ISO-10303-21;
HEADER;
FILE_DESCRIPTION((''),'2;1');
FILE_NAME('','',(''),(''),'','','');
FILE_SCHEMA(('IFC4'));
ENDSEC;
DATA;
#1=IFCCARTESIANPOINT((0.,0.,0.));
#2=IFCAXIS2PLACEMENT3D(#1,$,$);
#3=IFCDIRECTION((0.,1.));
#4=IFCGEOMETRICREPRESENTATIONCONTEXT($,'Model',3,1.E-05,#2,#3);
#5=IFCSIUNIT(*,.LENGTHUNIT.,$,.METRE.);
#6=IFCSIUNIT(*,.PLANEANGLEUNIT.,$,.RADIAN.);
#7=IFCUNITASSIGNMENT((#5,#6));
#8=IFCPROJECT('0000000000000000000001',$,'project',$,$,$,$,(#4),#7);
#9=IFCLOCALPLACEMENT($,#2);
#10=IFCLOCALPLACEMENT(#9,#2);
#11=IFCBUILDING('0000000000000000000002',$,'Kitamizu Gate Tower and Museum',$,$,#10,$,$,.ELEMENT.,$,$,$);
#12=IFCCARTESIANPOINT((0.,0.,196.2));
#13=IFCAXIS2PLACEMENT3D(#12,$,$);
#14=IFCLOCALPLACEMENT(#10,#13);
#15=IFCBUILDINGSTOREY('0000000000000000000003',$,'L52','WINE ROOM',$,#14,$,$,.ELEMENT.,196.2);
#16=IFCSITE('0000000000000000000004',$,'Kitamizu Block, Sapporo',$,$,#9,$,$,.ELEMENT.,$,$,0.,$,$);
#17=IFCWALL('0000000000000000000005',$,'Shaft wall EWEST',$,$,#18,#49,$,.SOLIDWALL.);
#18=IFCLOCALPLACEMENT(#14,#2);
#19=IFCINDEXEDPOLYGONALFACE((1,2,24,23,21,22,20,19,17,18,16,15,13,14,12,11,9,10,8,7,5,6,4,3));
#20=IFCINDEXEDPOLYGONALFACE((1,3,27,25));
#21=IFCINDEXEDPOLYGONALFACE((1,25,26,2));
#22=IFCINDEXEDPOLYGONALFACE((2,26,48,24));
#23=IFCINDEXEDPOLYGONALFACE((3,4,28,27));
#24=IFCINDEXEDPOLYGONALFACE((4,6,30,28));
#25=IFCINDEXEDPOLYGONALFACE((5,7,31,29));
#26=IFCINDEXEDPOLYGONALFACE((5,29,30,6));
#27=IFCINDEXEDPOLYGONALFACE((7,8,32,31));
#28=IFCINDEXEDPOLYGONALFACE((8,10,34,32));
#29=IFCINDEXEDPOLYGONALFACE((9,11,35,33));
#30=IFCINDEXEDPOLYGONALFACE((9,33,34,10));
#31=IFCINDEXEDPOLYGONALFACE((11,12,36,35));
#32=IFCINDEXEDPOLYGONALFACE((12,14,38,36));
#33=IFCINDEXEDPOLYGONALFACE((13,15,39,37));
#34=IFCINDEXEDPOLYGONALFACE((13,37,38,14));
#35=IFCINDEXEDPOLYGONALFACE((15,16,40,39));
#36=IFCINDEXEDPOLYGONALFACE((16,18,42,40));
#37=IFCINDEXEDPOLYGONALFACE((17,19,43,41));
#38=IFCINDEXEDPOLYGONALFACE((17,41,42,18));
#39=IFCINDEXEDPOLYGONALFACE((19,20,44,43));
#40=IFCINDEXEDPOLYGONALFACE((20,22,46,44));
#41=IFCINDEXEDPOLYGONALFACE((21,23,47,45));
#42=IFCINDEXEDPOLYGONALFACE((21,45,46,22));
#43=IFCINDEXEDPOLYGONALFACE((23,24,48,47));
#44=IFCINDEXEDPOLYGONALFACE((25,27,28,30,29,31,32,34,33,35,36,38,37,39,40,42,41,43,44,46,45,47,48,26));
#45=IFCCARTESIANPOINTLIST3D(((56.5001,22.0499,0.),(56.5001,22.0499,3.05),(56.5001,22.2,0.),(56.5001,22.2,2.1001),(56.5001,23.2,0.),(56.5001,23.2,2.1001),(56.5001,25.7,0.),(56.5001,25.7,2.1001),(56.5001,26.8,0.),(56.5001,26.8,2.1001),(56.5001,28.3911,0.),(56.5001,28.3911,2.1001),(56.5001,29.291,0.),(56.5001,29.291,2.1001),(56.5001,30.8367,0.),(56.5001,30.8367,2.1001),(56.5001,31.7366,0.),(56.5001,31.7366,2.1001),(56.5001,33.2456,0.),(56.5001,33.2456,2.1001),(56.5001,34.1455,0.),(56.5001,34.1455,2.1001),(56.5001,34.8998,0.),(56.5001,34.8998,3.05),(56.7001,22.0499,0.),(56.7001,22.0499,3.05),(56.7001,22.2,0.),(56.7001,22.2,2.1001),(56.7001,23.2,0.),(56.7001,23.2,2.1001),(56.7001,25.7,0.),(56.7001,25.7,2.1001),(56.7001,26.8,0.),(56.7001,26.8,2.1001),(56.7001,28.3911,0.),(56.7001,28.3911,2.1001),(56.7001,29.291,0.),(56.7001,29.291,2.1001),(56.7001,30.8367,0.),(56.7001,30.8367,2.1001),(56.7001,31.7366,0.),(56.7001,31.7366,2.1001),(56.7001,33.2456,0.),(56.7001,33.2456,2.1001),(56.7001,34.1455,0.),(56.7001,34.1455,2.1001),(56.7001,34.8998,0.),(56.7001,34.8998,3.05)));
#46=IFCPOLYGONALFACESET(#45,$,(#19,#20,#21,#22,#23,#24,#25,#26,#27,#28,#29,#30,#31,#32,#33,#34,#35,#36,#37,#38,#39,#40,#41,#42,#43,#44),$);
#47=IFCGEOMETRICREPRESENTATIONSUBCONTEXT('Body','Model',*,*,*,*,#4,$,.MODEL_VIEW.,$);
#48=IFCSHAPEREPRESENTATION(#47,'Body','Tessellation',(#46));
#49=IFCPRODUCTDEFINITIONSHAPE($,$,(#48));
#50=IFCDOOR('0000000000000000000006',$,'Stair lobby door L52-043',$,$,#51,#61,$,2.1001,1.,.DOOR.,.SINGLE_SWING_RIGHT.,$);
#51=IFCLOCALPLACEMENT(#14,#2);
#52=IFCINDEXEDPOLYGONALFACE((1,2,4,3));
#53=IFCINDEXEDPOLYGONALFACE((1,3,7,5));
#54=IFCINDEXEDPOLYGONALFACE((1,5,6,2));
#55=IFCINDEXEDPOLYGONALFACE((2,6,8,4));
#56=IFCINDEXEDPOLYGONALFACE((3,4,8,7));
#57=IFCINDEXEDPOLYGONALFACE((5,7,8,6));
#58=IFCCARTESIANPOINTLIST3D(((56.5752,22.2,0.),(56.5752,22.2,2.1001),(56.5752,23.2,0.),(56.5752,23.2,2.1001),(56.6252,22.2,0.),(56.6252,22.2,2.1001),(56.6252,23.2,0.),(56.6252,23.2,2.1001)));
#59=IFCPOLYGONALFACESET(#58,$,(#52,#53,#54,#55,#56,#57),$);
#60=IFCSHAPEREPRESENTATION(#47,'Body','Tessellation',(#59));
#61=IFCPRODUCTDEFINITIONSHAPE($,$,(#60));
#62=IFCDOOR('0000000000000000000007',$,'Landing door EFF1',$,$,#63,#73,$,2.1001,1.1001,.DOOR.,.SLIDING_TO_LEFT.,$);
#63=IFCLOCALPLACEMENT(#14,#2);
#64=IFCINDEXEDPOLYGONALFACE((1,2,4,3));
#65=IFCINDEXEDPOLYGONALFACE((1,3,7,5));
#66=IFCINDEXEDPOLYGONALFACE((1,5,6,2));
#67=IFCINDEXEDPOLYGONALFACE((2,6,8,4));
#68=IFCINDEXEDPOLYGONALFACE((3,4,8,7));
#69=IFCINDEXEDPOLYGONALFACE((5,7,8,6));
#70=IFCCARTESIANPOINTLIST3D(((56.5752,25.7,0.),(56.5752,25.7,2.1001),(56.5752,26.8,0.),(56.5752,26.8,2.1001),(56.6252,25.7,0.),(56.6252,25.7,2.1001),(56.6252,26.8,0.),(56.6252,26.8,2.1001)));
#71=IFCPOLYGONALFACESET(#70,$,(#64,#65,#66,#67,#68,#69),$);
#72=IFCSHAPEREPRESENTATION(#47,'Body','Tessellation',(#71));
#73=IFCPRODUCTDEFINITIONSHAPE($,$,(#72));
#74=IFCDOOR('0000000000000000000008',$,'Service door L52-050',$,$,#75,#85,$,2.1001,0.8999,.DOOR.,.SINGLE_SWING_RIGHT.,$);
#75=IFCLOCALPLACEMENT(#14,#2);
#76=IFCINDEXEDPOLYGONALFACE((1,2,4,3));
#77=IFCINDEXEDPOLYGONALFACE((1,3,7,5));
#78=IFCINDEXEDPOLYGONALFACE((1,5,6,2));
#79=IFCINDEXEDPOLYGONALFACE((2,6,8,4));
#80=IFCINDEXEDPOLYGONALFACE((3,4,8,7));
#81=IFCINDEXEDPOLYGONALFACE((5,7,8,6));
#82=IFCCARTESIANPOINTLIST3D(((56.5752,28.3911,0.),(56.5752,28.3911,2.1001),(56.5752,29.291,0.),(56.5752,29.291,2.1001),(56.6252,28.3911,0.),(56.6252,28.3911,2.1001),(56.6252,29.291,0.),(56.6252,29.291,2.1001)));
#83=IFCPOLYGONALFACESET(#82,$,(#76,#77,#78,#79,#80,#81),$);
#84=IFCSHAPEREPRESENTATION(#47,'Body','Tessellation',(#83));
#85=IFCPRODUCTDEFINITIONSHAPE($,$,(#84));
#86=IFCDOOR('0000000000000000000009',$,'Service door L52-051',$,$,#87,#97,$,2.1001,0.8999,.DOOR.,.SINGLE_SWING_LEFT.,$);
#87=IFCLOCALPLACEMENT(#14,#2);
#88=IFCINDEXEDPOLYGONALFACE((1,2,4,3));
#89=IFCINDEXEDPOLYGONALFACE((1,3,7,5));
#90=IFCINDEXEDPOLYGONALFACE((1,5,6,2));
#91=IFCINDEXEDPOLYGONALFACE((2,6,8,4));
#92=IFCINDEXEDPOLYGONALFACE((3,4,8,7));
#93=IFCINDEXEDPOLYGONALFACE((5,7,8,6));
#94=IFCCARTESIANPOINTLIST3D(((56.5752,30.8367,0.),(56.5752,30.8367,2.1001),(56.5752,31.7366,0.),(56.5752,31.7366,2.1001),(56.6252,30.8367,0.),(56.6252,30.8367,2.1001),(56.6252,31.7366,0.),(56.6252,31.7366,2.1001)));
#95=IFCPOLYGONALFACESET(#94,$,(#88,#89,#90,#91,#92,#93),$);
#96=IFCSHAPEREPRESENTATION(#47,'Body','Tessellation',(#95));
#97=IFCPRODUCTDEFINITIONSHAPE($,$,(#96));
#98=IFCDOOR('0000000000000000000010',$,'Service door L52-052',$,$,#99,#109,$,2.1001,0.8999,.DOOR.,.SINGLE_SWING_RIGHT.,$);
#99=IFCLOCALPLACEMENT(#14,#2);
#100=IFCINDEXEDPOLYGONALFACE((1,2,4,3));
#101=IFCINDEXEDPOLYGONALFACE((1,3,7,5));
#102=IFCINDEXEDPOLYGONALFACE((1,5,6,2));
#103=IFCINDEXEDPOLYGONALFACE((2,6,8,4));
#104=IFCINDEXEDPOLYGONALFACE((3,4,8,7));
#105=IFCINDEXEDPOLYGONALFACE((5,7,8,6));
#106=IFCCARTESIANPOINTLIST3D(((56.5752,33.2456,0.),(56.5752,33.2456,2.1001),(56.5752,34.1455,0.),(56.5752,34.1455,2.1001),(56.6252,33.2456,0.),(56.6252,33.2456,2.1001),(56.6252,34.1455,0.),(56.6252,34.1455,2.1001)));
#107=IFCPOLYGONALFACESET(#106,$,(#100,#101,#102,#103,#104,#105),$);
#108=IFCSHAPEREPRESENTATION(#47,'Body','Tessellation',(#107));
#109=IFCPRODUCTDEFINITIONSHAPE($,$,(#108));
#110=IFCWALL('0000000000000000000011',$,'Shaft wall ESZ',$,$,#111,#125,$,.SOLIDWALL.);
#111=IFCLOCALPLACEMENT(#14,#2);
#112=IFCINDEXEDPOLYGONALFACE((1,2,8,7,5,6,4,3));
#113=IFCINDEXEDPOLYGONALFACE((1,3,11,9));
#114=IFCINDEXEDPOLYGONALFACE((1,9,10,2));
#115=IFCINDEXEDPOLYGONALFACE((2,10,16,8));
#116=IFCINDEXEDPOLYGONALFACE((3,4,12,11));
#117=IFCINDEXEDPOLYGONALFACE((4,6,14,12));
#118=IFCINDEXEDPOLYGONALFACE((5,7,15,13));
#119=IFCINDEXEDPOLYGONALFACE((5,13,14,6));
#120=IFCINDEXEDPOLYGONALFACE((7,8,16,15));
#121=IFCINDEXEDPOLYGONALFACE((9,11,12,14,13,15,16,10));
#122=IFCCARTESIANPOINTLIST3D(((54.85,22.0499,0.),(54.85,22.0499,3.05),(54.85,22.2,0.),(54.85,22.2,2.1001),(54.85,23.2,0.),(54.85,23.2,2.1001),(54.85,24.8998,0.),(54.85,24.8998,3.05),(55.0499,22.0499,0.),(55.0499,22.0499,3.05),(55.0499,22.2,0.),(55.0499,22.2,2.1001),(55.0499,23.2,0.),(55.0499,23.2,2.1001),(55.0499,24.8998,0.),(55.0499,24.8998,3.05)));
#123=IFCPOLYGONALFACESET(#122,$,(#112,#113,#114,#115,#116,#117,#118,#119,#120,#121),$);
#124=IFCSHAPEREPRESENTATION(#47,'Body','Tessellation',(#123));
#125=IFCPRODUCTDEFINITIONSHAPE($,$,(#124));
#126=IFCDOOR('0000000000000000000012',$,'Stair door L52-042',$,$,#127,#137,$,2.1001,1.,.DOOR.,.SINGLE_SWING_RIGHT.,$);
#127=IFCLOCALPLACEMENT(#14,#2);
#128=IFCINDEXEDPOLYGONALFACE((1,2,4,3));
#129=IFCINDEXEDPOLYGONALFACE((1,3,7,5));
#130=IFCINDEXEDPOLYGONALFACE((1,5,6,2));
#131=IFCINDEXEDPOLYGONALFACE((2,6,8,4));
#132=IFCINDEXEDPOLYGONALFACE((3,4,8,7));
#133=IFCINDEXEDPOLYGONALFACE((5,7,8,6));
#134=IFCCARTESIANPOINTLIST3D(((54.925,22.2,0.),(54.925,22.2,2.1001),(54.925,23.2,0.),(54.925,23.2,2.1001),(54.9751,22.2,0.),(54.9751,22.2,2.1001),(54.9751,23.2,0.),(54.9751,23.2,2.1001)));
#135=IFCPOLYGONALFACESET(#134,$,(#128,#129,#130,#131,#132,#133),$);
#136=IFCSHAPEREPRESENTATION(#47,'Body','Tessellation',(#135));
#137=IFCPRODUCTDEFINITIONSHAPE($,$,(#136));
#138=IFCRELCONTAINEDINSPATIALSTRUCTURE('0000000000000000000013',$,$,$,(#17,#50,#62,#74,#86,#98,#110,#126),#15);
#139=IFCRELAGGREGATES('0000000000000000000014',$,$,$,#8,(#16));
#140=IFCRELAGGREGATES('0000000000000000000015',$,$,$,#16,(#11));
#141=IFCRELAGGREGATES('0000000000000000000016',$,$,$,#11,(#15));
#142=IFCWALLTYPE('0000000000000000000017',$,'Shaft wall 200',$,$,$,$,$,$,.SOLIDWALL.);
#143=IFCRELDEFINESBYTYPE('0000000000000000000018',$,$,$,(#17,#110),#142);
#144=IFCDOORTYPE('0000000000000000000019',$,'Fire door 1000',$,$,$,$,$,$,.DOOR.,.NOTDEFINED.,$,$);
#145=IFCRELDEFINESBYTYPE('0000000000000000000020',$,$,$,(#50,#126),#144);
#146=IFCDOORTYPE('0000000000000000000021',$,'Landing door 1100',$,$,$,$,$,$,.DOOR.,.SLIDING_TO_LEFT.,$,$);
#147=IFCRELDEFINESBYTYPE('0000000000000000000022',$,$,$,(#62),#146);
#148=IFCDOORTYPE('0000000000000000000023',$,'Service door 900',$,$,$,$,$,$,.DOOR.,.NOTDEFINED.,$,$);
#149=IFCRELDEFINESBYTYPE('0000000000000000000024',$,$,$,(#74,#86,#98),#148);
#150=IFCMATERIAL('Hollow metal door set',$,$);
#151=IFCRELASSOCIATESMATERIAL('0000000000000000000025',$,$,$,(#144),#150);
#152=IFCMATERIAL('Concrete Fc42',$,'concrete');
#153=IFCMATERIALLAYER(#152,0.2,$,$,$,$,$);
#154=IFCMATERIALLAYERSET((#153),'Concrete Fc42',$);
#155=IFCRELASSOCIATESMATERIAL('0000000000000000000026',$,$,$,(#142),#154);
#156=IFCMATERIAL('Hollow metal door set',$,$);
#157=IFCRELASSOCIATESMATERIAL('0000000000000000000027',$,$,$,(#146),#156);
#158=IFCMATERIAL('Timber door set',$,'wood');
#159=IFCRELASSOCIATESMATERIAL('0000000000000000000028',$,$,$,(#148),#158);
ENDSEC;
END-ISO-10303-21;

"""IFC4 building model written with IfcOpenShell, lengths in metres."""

from ifc_helpers import new_model, si_unit, direction, frame, frame_2d, origin, place, context, subcontext, project, spatial, rectangle, extrude, material, layer, layer_set, type_object, element, fill, save


model = new_model("IFC4")

# Units and contexts
model_context = context("Model", 3, precision=1e-05, world=origin(), true_north=direction((0.0, 1.0)))
body_context = subcontext(model_context, "Body", "Model", "MODEL_VIEW")
ifc_project = project(units=[si_unit("LENGTHUNIT", "METRE"), si_unit("PLANEANGLEUNIT", "RADIAN")], contexts=[model_context])

# Site, building, storey
site_placement = place(None, origin())
site = spatial("IfcSite", under=ifc_project, at=site_placement, Name="Kitamizu Block, Sapporo", CompositionType="ELEMENT", RefElevation=0.0)
building_placement = place(site_placement, origin())
building = spatial("IfcBuilding", under=site, at=building_placement, Name="Kitamizu Gate Tower and Museum", CompositionType="ELEMENT")
storey_placement = place(building_placement, frame((0.0, 0.0, 196.2)))
storey = spatial("IfcBuildingStorey", under=building, at=storey_placement, Name="L52", Description="WINE ROOM", CompositionType="ELEMENT", Elevation=196.2)

# Shared definitions
ifc_material_1 = material(Name="Hollow metal door set")
door_type_1 = type_object("IfcDoorType", Name="Fire door 1000", OperationType="NOTDEFINED", PredefinedType="DOOR", material=ifc_material_1)

# Wall, openings, doors
ifc_material_2 = material(Name="Concrete Fc42", Category="concrete")
ifc_layer_1 = layer(ifc_material_2, 0.2)
ifc_layer_set_1 = layer_set([ifc_layer_1], Name="Concrete Fc42")
wall_type_1 = type_object("IfcWallType", Name="Shaft wall 200", PredefinedType="SOLIDWALL", material=ifc_layer_set_1)
wall_1_placement = place(storey_placement, frame((56.6001, 22.05, 0.0), z_axis=(0.0, 0.0, 1.0), x_axis=(0.0, 1.0, 0.0)))
wall_1 = element("IfcWall", 1, at=wall_1_placement, inside=storey, type_object=wall_type_1, Name="Shaft wall EWEST", PredefinedType="SOLIDWALL", context=body_context, shape_type="SweptSolid", body=[
    extrude(rectangle(XDim=12.8499, YDim=0.2, at=frame_2d((6.4248, 0.0))), origin(), (0.0, 0.0, 1.0), 3.05),
])
opening_1_placement = place(wall_1_placement, frame((3.6499, 0.0, 0.0)))
opening_1 = element("IfcOpeningElement", 2, at=opening_1_placement, cuts=wall_1, PredefinedType="OPENING", context=body_context, shape_type="SweptSolid", body=[
    extrude(rectangle(XDim=1.1001, YDim=2.1001, at=frame_2d((0.55, 1.05))), frame((0.0, 0.1099, 0.0), z_axis=(0.0, -1.0, 0.0), x_axis=(1.0, 0.0, 0.0)), (0.0, 0.0, 1.0), 0.22),
])
opening_2_placement = place(wall_1_placement, frame((0.1499, 0.0, 0.0)))
opening_2 = element("IfcOpeningElement", 3, at=opening_2_placement, cuts=wall_1, PredefinedType="OPENING", context=body_context, shape_type="SweptSolid", body=[
    extrude(rectangle(XDim=1.0, YDim=2.1001, at=frame_2d((0.5, 1.05))), frame((0.0, 0.1099, 0.0), z_axis=(0.0, -1.0, 0.0), x_axis=(1.0, 0.0, 0.0)), (0.0, 0.0, 1.0), 0.22),
])
opening_3_placement = place(wall_1_placement, frame((6.3411, 0.0, 0.0)))
opening_3 = element("IfcOpeningElement", 4, at=opening_3_placement, cuts=wall_1, PredefinedType="OPENING", context=body_context, shape_type="SweptSolid", body=[
    extrude(rectangle(XDim=0.8999, YDim=2.1001, at=frame_2d((0.45, 1.05))), frame((0.0, 0.1099, 0.0), z_axis=(0.0, -1.0, 0.0), x_axis=(1.0, 0.0, 0.0)), (0.0, 0.0, 1.0), 0.22),
])
opening_4_placement = place(wall_1_placement, frame((8.7866, 0.0, 0.0)))
opening_4 = element("IfcOpeningElement", 5, at=opening_4_placement, cuts=wall_1, PredefinedType="OPENING", context=body_context, shape_type="SweptSolid", body=[
    extrude(rectangle(XDim=0.8999, YDim=2.1001, at=frame_2d((0.45, 1.05))), frame((0.0, 0.1099, 0.0), z_axis=(0.0, -1.0, 0.0), x_axis=(1.0, 0.0, 0.0)), (0.0, 0.0, 1.0), 0.22),
])
opening_5_placement = place(wall_1_placement, frame((11.1956, 0.0, 0.0)))
opening_5 = element("IfcOpeningElement", 6, at=opening_5_placement, cuts=wall_1, PredefinedType="OPENING", context=body_context, shape_type="SweptSolid", body=[
    extrude(rectangle(XDim=0.8999, YDim=2.1001, at=frame_2d((0.45, 1.05))), frame((0.0, 0.1099, 0.0), z_axis=(0.0, -1.0, 0.0), x_axis=(1.0, 0.0, 0.0)), (0.0, 0.0, 1.0), 0.22),
])
door_1_placement = place(opening_2_placement, origin())
door_1 = element("IfcDoor", 7, at=door_1_placement, inside=storey, type_object=door_type_1, Name="Stair lobby door L52-043", OperationType="SINGLE_SWING_RIGHT", OverallHeight=2.1001, OverallWidth=1.0, PredefinedType="DOOR", context=body_context, shape_type="SweptSolid", body=[
    extrude(rectangle(XDim=1.0, YDim=2.1001, at=frame_2d((0.5, 1.05))), frame((0.0, 0.0249, 0.0), z_axis=(0.0, -1.0, 0.0), x_axis=(1.0, 0.0, 0.0)), (0.0, 0.0, 1.0), 0.05),
])
fill(opening_2, door_1)
ifc_material_3 = material(Name="Hollow metal door set")
door_type_2 = type_object("IfcDoorType", Name="Landing door 1100", OperationType="SLIDING_TO_LEFT", PredefinedType="DOOR", material=ifc_material_3)
door_2_placement = place(opening_1_placement, origin())
door_2 = element("IfcDoor", 8, at=door_2_placement, inside=storey, type_object=door_type_2, Name="Landing door EFF1", OperationType="SLIDING_TO_LEFT", OverallHeight=2.1001, OverallWidth=1.1001, PredefinedType="DOOR", context=body_context, shape_type="SweptSolid", body=[
    extrude(rectangle(XDim=1.1001, YDim=2.1001, at=frame_2d((0.55, 1.05))), frame((0.0, 0.0249, 0.0), z_axis=(0.0, -1.0, 0.0), x_axis=(1.0, 0.0, 0.0)), (0.0, 0.0, 1.0), 0.05),
])
fill(opening_1, door_2)
ifc_material_4 = material(Name="Timber door set", Category="wood")
door_type_3 = type_object("IfcDoorType", Name="Service door 900", OperationType="NOTDEFINED", PredefinedType="DOOR", material=ifc_material_4)
door_3_placement = place(opening_3_placement, origin())
door_3 = element("IfcDoor", 9, at=door_3_placement, inside=storey, type_object=door_type_3, Name="Service door L52-050", OperationType="SINGLE_SWING_RIGHT", OverallHeight=2.1001, OverallWidth=0.8999, PredefinedType="DOOR", context=body_context, shape_type="SweptSolid", body=[
    extrude(rectangle(XDim=0.8999, YDim=2.1001, at=frame_2d((0.45, 1.05))), frame((0.0, 0.0249, 0.0), z_axis=(0.0, -1.0, 0.0), x_axis=(1.0, 0.0, 0.0)), (0.0, 0.0, 1.0), 0.05),
])
fill(opening_3, door_3)
door_4_placement = place(opening_4_placement, origin())
door_4 = element("IfcDoor", 10, at=door_4_placement, inside=storey, type_object=door_type_3, Name="Service door L52-051", OperationType="SINGLE_SWING_LEFT", OverallHeight=2.1001, OverallWidth=0.8999, PredefinedType="DOOR", context=body_context, shape_type="SweptSolid", body=[
    extrude(rectangle(XDim=0.8999, YDim=2.1001, at=frame_2d((0.45, 1.05))), frame((0.0, 0.0249, 0.0), z_axis=(0.0, -1.0, 0.0), x_axis=(1.0, 0.0, 0.0)), (0.0, 0.0, 1.0), 0.05),
])
fill(opening_4, door_4)
door_5_placement = place(opening_5_placement, origin())
door_5 = element("IfcDoor", 11, at=door_5_placement, inside=storey, type_object=door_type_3, Name="Service door L52-052", OperationType="SINGLE_SWING_RIGHT", OverallHeight=2.1001, OverallWidth=0.8999, PredefinedType="DOOR", context=body_context, shape_type="SweptSolid", body=[
    extrude(rectangle(XDim=0.8999, YDim=2.1001, at=frame_2d((0.45, 1.05))), frame((0.0, 0.0249, 0.0), z_axis=(0.0, -1.0, 0.0), x_axis=(1.0, 0.0, 0.0)), (0.0, 0.0, 1.0), 0.05),
])
fill(opening_5, door_5)

# Wall, opening, door
wall_2_placement = place(storey_placement, frame((54.95, 22.05, 0.0), z_axis=(0.0, 0.0, 1.0), x_axis=(0.0, 1.0, 0.0)))
wall_2 = element("IfcWall", 12, at=wall_2_placement, inside=storey, type_object=wall_type_1, Name="Shaft wall ESZ", PredefinedType="SOLIDWALL", context=body_context, shape_type="SweptSolid", body=[
    extrude(rectangle(XDim=2.8499, YDim=0.2, at=frame_2d((1.4248, 0.0))), origin(), (0.0, 0.0, 1.0), 3.05),
])
opening_6_placement = place(wall_2_placement, frame((0.1499, 0.0, 0.0)))
opening_6 = element("IfcOpeningElement", 13, at=opening_6_placement, cuts=wall_2, PredefinedType="OPENING", context=body_context, shape_type="SweptSolid", body=[
    extrude(rectangle(XDim=1.0, YDim=2.1001, at=frame_2d((0.5, 1.05))), frame((0.0, 0.1099, 0.0), z_axis=(0.0, -1.0, 0.0), x_axis=(1.0, 0.0, 0.0)), (0.0, 0.0, 1.0), 0.22),
])
door_6_placement = place(opening_6_placement, origin())
door_6 = element("IfcDoor", 14, at=door_6_placement, inside=storey, type_object=door_type_1, Name="Stair door L52-042", OperationType="SINGLE_SWING_RIGHT", OverallHeight=2.1001, OverallWidth=1.0, PredefinedType="DOOR", context=body_context, shape_type="SweptSolid", body=[
    extrude(rectangle(XDim=1.0, YDim=2.1001, at=frame_2d((0.5, 1.05))), frame((0.0, 0.0249, 0.0), z_axis=(0.0, -1.0, 0.0), x_axis=(1.0, 0.0, 0.0)), (0.0, 0.0, 1.0), 0.05),
])
fill(opening_6, door_6)

save(model, "model.ifc")
